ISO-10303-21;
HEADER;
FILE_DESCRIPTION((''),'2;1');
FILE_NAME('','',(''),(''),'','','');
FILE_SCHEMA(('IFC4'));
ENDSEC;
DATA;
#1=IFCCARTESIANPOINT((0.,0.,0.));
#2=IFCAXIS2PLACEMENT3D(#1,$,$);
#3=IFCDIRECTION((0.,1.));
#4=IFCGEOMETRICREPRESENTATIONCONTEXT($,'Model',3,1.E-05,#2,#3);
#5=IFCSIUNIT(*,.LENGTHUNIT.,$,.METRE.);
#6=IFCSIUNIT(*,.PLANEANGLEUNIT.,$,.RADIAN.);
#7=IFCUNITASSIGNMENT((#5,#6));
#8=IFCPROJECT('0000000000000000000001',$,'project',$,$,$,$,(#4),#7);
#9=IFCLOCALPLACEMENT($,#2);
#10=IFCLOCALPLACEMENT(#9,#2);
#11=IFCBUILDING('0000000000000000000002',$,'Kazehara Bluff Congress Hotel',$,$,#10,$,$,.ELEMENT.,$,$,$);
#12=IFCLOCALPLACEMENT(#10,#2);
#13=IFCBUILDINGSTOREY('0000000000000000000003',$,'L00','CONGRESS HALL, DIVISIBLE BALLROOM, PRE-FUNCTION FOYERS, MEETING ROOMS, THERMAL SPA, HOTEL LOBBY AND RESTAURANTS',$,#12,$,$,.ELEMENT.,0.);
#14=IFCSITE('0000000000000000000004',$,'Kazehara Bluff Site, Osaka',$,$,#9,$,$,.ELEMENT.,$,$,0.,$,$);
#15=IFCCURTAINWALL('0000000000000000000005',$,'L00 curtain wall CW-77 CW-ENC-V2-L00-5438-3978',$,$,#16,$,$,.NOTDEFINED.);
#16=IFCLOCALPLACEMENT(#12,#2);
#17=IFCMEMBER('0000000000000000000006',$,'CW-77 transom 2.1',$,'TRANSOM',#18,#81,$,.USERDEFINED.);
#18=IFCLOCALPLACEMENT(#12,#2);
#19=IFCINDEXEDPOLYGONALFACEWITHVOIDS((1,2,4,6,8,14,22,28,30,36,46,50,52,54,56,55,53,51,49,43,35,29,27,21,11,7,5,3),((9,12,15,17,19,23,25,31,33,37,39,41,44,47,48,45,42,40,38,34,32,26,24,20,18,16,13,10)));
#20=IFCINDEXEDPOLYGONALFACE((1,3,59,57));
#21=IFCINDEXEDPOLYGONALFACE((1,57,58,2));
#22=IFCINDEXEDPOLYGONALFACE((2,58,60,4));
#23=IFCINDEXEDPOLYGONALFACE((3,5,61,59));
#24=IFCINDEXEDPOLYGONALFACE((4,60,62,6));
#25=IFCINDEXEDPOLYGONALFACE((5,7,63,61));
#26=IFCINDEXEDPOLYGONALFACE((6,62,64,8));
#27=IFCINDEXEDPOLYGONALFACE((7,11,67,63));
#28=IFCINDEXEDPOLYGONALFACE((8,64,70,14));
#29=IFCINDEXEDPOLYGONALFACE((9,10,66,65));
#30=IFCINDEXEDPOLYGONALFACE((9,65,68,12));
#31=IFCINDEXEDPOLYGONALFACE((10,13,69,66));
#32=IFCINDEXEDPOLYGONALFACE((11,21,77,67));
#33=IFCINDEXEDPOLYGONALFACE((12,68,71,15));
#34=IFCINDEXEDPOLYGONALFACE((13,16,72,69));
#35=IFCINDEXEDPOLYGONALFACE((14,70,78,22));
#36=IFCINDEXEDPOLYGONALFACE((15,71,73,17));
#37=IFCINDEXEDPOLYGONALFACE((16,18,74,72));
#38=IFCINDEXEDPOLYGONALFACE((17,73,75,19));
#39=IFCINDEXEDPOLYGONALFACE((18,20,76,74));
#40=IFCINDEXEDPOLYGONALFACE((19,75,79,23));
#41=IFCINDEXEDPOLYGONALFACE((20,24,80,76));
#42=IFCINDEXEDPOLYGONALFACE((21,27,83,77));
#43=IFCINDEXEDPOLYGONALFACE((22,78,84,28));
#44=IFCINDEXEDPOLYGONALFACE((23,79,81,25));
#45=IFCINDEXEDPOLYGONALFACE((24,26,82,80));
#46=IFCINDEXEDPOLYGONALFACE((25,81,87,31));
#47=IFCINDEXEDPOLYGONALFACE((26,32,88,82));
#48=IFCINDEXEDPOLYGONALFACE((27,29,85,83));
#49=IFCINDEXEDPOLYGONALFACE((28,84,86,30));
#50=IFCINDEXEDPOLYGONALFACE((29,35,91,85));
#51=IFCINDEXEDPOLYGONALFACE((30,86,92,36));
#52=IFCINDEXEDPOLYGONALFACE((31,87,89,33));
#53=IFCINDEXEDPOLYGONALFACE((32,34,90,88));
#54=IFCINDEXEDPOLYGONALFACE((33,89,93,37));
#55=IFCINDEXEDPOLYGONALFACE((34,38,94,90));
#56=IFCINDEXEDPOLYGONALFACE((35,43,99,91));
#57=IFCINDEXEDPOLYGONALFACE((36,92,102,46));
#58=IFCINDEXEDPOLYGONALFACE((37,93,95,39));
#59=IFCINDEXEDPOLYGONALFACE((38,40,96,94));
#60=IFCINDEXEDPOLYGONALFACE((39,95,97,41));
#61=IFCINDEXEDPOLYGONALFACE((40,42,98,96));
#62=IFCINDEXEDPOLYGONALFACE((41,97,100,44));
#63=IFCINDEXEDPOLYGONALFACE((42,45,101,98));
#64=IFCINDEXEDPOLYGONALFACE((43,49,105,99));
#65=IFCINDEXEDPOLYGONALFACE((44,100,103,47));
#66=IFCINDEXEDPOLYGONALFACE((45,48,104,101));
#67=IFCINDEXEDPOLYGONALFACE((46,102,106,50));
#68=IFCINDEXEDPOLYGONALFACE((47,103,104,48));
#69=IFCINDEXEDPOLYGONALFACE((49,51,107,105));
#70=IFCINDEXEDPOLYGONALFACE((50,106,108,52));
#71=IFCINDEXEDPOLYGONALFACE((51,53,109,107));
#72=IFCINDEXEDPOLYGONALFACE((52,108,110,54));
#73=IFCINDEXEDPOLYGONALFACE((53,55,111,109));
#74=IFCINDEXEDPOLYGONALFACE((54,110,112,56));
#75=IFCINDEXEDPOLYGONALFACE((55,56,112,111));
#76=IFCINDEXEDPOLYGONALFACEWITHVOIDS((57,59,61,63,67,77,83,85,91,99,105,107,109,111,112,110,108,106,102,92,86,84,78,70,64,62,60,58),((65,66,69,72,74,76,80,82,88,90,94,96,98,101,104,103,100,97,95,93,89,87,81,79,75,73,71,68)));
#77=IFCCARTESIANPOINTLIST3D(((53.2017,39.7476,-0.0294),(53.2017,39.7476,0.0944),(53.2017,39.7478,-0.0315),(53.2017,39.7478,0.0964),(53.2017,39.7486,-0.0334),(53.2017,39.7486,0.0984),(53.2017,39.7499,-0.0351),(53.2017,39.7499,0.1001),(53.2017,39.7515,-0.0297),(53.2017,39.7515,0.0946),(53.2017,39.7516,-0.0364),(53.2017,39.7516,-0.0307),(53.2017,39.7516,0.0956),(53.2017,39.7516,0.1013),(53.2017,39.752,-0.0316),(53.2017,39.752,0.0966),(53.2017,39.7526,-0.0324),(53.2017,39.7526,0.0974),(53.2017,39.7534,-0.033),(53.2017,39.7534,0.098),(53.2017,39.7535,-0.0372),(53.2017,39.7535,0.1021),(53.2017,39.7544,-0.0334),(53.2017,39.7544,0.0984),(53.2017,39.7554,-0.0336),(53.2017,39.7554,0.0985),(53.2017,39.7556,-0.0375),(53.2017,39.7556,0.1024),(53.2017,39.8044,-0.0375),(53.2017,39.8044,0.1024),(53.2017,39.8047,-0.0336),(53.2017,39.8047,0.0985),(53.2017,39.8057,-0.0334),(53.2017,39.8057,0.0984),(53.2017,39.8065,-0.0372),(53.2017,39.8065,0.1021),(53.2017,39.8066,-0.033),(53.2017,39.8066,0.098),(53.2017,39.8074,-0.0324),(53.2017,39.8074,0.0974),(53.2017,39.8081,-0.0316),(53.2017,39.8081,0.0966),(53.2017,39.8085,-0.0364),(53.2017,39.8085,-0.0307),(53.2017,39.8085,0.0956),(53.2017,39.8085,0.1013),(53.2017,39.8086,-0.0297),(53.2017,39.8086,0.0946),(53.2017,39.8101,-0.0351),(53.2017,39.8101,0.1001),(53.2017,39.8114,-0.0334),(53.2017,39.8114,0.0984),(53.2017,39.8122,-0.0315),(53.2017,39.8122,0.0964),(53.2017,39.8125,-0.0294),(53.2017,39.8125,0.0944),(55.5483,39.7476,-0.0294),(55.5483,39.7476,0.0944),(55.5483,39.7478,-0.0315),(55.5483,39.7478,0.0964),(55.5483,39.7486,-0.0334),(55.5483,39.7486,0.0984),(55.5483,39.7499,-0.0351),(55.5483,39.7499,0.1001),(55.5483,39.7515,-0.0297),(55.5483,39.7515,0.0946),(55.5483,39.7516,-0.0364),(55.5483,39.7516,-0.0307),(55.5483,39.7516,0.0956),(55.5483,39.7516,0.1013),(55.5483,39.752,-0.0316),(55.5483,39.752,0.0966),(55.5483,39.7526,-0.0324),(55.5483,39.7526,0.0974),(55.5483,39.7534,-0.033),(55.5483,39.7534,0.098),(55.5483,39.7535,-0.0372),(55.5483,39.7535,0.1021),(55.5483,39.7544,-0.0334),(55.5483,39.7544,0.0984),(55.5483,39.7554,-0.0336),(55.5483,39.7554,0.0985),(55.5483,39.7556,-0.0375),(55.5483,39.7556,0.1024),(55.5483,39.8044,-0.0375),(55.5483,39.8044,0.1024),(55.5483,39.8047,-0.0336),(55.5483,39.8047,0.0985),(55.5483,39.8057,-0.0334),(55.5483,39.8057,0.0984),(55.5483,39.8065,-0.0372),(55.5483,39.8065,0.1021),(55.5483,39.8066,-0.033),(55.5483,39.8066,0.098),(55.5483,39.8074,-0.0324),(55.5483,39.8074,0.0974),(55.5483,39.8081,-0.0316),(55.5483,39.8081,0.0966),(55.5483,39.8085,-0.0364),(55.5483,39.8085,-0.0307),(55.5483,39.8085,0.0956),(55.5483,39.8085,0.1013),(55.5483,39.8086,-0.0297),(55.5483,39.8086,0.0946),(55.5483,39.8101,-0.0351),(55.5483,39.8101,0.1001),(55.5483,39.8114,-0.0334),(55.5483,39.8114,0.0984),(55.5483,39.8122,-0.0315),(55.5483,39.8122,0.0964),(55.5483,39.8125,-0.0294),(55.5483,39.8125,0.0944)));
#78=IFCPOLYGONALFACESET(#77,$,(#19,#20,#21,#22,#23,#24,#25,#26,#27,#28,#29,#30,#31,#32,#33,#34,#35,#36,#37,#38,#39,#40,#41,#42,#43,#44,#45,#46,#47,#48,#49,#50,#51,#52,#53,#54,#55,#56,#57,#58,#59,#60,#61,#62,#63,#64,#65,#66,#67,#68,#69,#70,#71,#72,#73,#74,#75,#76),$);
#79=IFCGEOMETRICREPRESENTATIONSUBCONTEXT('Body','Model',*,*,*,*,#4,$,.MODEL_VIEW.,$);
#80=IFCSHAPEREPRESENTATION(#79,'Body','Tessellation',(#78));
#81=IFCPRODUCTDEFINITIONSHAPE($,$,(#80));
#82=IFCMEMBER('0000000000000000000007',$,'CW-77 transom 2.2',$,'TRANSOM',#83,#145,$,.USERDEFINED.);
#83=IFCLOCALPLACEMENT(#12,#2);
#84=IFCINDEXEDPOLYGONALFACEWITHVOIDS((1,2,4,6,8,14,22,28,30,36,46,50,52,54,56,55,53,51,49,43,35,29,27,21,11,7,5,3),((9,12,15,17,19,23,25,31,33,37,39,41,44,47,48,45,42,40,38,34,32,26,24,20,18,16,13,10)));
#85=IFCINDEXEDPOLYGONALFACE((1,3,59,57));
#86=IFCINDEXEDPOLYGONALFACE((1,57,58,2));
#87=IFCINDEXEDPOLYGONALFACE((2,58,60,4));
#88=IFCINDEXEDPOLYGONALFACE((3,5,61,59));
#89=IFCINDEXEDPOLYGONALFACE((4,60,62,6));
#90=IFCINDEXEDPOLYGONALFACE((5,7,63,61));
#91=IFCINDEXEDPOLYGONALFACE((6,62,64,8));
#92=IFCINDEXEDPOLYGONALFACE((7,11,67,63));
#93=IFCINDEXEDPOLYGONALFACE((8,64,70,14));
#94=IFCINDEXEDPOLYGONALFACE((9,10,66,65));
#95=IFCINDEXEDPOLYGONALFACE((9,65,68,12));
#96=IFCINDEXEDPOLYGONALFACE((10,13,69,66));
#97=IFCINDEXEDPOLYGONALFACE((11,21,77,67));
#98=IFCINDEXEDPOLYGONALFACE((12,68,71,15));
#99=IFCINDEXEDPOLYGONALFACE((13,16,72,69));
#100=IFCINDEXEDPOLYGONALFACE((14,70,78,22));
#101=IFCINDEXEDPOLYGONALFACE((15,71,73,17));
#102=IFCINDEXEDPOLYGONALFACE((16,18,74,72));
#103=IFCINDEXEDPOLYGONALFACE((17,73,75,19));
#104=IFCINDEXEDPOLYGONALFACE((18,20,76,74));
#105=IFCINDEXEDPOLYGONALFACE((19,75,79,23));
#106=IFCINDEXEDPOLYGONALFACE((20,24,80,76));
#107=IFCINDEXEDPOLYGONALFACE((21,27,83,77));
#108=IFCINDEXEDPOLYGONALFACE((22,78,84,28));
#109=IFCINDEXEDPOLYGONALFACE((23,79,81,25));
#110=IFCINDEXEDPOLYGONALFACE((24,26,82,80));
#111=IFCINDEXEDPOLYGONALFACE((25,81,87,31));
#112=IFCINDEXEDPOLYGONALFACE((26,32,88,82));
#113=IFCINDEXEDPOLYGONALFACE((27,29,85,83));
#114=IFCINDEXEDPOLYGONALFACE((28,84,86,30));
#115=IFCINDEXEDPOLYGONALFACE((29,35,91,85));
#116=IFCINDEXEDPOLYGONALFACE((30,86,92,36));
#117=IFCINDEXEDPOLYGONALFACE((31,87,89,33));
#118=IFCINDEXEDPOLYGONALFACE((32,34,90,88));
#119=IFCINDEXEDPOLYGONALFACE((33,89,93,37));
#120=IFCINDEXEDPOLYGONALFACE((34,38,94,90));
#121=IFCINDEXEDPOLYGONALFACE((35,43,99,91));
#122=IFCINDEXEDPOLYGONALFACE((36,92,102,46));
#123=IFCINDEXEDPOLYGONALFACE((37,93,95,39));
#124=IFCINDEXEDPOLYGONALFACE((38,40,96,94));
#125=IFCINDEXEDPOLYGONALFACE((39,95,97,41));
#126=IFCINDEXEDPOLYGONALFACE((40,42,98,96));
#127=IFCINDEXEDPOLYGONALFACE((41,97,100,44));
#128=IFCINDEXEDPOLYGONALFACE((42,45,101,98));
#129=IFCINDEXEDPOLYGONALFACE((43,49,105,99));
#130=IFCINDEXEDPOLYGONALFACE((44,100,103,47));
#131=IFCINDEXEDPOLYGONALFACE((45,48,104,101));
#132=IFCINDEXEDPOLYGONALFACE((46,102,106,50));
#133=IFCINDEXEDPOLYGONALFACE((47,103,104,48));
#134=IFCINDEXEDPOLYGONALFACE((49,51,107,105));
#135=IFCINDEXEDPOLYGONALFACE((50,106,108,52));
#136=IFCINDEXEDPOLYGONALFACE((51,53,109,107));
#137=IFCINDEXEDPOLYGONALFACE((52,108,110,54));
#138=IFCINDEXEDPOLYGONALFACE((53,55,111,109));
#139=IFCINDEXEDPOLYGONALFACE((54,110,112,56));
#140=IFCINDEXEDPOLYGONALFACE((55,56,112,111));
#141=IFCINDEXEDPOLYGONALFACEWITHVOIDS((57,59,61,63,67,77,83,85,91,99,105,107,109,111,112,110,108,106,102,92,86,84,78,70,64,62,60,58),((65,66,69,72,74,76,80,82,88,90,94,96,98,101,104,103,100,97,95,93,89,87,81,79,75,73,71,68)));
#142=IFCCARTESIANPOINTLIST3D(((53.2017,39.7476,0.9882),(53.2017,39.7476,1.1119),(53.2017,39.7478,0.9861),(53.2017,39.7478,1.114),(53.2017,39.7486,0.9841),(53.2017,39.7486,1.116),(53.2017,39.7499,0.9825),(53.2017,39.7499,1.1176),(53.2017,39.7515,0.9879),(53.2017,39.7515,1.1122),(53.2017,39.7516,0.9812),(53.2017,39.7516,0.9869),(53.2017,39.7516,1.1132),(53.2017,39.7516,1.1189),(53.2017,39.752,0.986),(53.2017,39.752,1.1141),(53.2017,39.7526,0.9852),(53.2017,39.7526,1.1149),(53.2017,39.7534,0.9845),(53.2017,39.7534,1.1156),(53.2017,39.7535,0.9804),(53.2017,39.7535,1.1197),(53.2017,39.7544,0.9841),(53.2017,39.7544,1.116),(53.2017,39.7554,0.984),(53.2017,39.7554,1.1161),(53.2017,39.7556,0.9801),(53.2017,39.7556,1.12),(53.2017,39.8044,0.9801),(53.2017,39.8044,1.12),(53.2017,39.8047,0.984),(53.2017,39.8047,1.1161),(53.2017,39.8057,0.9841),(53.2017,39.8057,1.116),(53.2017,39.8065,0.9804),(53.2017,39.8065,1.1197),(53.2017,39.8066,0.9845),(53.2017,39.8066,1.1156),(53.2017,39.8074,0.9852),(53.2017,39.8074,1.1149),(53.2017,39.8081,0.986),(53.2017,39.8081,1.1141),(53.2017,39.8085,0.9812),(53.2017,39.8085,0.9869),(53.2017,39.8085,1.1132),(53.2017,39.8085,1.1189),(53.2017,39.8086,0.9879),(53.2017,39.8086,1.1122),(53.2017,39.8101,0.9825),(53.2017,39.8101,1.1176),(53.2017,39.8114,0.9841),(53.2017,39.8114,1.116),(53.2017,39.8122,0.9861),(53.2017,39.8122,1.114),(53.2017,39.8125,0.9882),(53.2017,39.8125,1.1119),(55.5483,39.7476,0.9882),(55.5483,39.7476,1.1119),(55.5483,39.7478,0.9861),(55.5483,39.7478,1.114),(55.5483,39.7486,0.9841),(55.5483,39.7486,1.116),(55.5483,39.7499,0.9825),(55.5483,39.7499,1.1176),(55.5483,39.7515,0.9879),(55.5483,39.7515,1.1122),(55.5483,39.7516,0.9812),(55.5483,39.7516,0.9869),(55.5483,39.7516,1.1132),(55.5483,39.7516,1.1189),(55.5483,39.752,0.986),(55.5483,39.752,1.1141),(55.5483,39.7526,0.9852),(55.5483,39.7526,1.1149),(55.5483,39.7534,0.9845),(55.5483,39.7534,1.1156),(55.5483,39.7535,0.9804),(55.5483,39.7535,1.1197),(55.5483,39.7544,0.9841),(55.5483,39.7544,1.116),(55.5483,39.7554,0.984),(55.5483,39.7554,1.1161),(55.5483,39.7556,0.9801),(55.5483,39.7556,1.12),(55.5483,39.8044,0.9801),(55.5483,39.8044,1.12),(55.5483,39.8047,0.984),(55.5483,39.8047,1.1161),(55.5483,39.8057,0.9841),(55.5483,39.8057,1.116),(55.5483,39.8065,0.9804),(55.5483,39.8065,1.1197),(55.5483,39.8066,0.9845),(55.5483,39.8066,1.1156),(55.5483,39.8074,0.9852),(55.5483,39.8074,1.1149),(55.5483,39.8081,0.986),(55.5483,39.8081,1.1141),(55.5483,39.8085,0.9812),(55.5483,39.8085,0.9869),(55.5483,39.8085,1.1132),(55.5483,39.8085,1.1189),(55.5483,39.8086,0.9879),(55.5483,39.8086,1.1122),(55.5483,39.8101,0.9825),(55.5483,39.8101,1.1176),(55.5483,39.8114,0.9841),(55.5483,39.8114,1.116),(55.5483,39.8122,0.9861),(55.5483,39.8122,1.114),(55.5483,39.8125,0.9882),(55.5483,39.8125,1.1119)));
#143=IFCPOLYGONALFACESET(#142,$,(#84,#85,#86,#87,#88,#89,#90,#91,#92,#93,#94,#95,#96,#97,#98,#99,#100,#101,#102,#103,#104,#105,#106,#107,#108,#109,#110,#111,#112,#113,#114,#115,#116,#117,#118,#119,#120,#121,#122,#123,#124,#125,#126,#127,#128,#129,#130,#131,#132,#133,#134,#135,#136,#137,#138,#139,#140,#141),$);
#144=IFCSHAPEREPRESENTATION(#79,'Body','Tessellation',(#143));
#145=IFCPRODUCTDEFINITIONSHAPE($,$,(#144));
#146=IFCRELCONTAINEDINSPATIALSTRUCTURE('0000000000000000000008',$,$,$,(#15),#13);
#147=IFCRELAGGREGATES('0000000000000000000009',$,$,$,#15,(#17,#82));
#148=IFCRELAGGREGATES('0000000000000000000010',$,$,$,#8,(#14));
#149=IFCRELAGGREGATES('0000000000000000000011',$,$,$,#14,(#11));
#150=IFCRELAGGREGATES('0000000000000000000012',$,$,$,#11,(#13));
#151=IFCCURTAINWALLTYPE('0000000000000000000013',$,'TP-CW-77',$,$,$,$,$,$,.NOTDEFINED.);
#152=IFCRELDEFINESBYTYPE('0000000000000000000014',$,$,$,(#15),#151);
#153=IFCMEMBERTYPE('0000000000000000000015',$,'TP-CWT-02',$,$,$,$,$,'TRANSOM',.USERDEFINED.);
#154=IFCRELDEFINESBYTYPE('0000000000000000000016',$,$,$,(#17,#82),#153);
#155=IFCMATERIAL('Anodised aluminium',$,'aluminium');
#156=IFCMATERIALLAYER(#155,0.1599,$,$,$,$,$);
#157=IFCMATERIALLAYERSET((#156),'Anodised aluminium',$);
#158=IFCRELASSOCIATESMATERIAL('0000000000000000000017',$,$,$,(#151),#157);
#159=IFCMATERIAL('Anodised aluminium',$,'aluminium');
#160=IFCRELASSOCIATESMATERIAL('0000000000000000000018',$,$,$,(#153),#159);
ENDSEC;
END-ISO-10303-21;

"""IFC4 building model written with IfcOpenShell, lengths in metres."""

from ifc_helpers import new_model, si_unit, direction, frame, origin, origin_2d, place, context, subcontext, project, spatial, hollow_rectangle, extrude, material, layer, layer_set, material_profile, profile_set, type_object, element, aggregate, save


model = new_model("IFC4")

# Units and contexts
model_context = context("Model", 3, precision=1e-05, world=origin(), true_north=direction((0.0, 1.0)))
body_context = subcontext(model_context, "Body", "Model", "MODEL_VIEW")
ifc_project = project(units=[si_unit("LENGTHUNIT", "METRE"), si_unit("PLANEANGLEUNIT", "RADIAN")], contexts=[model_context])

# Site, building, storey
site_placement = place(None, origin())
site = spatial("IfcSite", under=ifc_project, at=site_placement, Name="Kazehara Bluff Site, Osaka", CompositionType="ELEMENT", RefElevation=0.0)
building_placement = place(site_placement, origin())
building = spatial("IfcBuilding", under=site, at=building_placement, Name="Kazehara Bluff Congress Hotel", CompositionType="ELEMENT")
storey_placement = place(building_placement, origin())
storey = spatial("IfcBuildingStorey", under=building, at=storey_placement, Name="L00", Description="CONGRESS HALL, DIVISIBLE BALLROOM, PRE-FUNCTION FOYERS, MEETING ROOMS, THERMAL SPA, HOTEL LOBBY AND RESTAURANTS", CompositionType="ELEMENT", Elevation=0.0)

# Curtain wall, members
ifc_material_1 = material(Name="Anodised aluminium", Category="aluminium")
ifc_layer_1 = layer(ifc_material_1, 0.1599)
ifc_layer_set_1 = layer_set([ifc_layer_1], Name="Anodised aluminium")
curtain_wall_type_1 = type_object("IfcCurtainWallType", Name="TP-CW-77", PredefinedType="NOTDEFINED", material=ifc_layer_set_1)
curtain_wall_1_placement = place(storey_placement, origin())
curtain_wall_1 = element("IfcCurtainWall", 1, at=curtain_wall_1_placement, inside=storey, type_object=curtain_wall_type_1, Name="L00 curtain wall CW-77 CW-ENC-V2-L00-5438-3978", PredefinedType="NOTDEFINED")
ifc_material_2 = material(Name="Anodised aluminium", Category="aluminium")
ifc_material_profile_1 = material_profile(ifc_material_2, hollow_rectangle(XDim=0.0649, YDim=0.1399, WallThickness=0.0039, InnerFilletRadius=0.0039, OuterFilletRadius=0.0081, at=origin_2d()))
ifc_profile_set_1 = profile_set([ifc_material_profile_1], Name="Anodised aluminium")
member_type_1 = type_object("IfcMemberType", Name="TP-CWT-02", ElementType="TRANSOM", PredefinedType="USERDEFINED", material=ifc_profile_set_1)
member_1_placement = place(storey_placement, frame((53.2017, 39.78, 0.0325), z_axis=(1.0, 0.0, 0.0), x_axis=(0.0, 1.0, 0.0)))
member_1 = element("IfcMember", 2, at=member_1_placement, type_object=member_type_1, Name="CW-77 transom 2.1", ObjectType="TRANSOM", PredefinedType="USERDEFINED", context=body_context, shape_type="SweptSolid", body=[
    extrude(hollow_rectangle(XDim=0.0649, YDim=0.1399, WallThickness=0.0039, InnerFilletRadius=0.0039, OuterFilletRadius=0.0081, at=origin_2d()), origin(), (0.0, 0.0, 1.0), 2.3467),
])
member_2_placement = place(storey_placement, frame((53.2017, 39.78, 1.05), z_axis=(1.0, 0.0, 0.0), x_axis=(0.0, 1.0, 0.0)))
member_2 = element("IfcMember", 3, at=member_2_placement, type_object=member_type_1, Name="CW-77 transom 2.2", ObjectType="TRANSOM", PredefinedType="USERDEFINED", context=body_context, shape_type="SweptSolid", body=[
    extrude(hollow_rectangle(XDim=0.0649, YDim=0.1399, WallThickness=0.0039, InnerFilletRadius=0.0039, OuterFilletRadius=0.0081, at=origin_2d()), origin(), (0.0, 0.0, 1.0), 2.3467),
])

aggregate(curtain_wall_1, [member_1, member_2])

save(model, "model.ifc")
